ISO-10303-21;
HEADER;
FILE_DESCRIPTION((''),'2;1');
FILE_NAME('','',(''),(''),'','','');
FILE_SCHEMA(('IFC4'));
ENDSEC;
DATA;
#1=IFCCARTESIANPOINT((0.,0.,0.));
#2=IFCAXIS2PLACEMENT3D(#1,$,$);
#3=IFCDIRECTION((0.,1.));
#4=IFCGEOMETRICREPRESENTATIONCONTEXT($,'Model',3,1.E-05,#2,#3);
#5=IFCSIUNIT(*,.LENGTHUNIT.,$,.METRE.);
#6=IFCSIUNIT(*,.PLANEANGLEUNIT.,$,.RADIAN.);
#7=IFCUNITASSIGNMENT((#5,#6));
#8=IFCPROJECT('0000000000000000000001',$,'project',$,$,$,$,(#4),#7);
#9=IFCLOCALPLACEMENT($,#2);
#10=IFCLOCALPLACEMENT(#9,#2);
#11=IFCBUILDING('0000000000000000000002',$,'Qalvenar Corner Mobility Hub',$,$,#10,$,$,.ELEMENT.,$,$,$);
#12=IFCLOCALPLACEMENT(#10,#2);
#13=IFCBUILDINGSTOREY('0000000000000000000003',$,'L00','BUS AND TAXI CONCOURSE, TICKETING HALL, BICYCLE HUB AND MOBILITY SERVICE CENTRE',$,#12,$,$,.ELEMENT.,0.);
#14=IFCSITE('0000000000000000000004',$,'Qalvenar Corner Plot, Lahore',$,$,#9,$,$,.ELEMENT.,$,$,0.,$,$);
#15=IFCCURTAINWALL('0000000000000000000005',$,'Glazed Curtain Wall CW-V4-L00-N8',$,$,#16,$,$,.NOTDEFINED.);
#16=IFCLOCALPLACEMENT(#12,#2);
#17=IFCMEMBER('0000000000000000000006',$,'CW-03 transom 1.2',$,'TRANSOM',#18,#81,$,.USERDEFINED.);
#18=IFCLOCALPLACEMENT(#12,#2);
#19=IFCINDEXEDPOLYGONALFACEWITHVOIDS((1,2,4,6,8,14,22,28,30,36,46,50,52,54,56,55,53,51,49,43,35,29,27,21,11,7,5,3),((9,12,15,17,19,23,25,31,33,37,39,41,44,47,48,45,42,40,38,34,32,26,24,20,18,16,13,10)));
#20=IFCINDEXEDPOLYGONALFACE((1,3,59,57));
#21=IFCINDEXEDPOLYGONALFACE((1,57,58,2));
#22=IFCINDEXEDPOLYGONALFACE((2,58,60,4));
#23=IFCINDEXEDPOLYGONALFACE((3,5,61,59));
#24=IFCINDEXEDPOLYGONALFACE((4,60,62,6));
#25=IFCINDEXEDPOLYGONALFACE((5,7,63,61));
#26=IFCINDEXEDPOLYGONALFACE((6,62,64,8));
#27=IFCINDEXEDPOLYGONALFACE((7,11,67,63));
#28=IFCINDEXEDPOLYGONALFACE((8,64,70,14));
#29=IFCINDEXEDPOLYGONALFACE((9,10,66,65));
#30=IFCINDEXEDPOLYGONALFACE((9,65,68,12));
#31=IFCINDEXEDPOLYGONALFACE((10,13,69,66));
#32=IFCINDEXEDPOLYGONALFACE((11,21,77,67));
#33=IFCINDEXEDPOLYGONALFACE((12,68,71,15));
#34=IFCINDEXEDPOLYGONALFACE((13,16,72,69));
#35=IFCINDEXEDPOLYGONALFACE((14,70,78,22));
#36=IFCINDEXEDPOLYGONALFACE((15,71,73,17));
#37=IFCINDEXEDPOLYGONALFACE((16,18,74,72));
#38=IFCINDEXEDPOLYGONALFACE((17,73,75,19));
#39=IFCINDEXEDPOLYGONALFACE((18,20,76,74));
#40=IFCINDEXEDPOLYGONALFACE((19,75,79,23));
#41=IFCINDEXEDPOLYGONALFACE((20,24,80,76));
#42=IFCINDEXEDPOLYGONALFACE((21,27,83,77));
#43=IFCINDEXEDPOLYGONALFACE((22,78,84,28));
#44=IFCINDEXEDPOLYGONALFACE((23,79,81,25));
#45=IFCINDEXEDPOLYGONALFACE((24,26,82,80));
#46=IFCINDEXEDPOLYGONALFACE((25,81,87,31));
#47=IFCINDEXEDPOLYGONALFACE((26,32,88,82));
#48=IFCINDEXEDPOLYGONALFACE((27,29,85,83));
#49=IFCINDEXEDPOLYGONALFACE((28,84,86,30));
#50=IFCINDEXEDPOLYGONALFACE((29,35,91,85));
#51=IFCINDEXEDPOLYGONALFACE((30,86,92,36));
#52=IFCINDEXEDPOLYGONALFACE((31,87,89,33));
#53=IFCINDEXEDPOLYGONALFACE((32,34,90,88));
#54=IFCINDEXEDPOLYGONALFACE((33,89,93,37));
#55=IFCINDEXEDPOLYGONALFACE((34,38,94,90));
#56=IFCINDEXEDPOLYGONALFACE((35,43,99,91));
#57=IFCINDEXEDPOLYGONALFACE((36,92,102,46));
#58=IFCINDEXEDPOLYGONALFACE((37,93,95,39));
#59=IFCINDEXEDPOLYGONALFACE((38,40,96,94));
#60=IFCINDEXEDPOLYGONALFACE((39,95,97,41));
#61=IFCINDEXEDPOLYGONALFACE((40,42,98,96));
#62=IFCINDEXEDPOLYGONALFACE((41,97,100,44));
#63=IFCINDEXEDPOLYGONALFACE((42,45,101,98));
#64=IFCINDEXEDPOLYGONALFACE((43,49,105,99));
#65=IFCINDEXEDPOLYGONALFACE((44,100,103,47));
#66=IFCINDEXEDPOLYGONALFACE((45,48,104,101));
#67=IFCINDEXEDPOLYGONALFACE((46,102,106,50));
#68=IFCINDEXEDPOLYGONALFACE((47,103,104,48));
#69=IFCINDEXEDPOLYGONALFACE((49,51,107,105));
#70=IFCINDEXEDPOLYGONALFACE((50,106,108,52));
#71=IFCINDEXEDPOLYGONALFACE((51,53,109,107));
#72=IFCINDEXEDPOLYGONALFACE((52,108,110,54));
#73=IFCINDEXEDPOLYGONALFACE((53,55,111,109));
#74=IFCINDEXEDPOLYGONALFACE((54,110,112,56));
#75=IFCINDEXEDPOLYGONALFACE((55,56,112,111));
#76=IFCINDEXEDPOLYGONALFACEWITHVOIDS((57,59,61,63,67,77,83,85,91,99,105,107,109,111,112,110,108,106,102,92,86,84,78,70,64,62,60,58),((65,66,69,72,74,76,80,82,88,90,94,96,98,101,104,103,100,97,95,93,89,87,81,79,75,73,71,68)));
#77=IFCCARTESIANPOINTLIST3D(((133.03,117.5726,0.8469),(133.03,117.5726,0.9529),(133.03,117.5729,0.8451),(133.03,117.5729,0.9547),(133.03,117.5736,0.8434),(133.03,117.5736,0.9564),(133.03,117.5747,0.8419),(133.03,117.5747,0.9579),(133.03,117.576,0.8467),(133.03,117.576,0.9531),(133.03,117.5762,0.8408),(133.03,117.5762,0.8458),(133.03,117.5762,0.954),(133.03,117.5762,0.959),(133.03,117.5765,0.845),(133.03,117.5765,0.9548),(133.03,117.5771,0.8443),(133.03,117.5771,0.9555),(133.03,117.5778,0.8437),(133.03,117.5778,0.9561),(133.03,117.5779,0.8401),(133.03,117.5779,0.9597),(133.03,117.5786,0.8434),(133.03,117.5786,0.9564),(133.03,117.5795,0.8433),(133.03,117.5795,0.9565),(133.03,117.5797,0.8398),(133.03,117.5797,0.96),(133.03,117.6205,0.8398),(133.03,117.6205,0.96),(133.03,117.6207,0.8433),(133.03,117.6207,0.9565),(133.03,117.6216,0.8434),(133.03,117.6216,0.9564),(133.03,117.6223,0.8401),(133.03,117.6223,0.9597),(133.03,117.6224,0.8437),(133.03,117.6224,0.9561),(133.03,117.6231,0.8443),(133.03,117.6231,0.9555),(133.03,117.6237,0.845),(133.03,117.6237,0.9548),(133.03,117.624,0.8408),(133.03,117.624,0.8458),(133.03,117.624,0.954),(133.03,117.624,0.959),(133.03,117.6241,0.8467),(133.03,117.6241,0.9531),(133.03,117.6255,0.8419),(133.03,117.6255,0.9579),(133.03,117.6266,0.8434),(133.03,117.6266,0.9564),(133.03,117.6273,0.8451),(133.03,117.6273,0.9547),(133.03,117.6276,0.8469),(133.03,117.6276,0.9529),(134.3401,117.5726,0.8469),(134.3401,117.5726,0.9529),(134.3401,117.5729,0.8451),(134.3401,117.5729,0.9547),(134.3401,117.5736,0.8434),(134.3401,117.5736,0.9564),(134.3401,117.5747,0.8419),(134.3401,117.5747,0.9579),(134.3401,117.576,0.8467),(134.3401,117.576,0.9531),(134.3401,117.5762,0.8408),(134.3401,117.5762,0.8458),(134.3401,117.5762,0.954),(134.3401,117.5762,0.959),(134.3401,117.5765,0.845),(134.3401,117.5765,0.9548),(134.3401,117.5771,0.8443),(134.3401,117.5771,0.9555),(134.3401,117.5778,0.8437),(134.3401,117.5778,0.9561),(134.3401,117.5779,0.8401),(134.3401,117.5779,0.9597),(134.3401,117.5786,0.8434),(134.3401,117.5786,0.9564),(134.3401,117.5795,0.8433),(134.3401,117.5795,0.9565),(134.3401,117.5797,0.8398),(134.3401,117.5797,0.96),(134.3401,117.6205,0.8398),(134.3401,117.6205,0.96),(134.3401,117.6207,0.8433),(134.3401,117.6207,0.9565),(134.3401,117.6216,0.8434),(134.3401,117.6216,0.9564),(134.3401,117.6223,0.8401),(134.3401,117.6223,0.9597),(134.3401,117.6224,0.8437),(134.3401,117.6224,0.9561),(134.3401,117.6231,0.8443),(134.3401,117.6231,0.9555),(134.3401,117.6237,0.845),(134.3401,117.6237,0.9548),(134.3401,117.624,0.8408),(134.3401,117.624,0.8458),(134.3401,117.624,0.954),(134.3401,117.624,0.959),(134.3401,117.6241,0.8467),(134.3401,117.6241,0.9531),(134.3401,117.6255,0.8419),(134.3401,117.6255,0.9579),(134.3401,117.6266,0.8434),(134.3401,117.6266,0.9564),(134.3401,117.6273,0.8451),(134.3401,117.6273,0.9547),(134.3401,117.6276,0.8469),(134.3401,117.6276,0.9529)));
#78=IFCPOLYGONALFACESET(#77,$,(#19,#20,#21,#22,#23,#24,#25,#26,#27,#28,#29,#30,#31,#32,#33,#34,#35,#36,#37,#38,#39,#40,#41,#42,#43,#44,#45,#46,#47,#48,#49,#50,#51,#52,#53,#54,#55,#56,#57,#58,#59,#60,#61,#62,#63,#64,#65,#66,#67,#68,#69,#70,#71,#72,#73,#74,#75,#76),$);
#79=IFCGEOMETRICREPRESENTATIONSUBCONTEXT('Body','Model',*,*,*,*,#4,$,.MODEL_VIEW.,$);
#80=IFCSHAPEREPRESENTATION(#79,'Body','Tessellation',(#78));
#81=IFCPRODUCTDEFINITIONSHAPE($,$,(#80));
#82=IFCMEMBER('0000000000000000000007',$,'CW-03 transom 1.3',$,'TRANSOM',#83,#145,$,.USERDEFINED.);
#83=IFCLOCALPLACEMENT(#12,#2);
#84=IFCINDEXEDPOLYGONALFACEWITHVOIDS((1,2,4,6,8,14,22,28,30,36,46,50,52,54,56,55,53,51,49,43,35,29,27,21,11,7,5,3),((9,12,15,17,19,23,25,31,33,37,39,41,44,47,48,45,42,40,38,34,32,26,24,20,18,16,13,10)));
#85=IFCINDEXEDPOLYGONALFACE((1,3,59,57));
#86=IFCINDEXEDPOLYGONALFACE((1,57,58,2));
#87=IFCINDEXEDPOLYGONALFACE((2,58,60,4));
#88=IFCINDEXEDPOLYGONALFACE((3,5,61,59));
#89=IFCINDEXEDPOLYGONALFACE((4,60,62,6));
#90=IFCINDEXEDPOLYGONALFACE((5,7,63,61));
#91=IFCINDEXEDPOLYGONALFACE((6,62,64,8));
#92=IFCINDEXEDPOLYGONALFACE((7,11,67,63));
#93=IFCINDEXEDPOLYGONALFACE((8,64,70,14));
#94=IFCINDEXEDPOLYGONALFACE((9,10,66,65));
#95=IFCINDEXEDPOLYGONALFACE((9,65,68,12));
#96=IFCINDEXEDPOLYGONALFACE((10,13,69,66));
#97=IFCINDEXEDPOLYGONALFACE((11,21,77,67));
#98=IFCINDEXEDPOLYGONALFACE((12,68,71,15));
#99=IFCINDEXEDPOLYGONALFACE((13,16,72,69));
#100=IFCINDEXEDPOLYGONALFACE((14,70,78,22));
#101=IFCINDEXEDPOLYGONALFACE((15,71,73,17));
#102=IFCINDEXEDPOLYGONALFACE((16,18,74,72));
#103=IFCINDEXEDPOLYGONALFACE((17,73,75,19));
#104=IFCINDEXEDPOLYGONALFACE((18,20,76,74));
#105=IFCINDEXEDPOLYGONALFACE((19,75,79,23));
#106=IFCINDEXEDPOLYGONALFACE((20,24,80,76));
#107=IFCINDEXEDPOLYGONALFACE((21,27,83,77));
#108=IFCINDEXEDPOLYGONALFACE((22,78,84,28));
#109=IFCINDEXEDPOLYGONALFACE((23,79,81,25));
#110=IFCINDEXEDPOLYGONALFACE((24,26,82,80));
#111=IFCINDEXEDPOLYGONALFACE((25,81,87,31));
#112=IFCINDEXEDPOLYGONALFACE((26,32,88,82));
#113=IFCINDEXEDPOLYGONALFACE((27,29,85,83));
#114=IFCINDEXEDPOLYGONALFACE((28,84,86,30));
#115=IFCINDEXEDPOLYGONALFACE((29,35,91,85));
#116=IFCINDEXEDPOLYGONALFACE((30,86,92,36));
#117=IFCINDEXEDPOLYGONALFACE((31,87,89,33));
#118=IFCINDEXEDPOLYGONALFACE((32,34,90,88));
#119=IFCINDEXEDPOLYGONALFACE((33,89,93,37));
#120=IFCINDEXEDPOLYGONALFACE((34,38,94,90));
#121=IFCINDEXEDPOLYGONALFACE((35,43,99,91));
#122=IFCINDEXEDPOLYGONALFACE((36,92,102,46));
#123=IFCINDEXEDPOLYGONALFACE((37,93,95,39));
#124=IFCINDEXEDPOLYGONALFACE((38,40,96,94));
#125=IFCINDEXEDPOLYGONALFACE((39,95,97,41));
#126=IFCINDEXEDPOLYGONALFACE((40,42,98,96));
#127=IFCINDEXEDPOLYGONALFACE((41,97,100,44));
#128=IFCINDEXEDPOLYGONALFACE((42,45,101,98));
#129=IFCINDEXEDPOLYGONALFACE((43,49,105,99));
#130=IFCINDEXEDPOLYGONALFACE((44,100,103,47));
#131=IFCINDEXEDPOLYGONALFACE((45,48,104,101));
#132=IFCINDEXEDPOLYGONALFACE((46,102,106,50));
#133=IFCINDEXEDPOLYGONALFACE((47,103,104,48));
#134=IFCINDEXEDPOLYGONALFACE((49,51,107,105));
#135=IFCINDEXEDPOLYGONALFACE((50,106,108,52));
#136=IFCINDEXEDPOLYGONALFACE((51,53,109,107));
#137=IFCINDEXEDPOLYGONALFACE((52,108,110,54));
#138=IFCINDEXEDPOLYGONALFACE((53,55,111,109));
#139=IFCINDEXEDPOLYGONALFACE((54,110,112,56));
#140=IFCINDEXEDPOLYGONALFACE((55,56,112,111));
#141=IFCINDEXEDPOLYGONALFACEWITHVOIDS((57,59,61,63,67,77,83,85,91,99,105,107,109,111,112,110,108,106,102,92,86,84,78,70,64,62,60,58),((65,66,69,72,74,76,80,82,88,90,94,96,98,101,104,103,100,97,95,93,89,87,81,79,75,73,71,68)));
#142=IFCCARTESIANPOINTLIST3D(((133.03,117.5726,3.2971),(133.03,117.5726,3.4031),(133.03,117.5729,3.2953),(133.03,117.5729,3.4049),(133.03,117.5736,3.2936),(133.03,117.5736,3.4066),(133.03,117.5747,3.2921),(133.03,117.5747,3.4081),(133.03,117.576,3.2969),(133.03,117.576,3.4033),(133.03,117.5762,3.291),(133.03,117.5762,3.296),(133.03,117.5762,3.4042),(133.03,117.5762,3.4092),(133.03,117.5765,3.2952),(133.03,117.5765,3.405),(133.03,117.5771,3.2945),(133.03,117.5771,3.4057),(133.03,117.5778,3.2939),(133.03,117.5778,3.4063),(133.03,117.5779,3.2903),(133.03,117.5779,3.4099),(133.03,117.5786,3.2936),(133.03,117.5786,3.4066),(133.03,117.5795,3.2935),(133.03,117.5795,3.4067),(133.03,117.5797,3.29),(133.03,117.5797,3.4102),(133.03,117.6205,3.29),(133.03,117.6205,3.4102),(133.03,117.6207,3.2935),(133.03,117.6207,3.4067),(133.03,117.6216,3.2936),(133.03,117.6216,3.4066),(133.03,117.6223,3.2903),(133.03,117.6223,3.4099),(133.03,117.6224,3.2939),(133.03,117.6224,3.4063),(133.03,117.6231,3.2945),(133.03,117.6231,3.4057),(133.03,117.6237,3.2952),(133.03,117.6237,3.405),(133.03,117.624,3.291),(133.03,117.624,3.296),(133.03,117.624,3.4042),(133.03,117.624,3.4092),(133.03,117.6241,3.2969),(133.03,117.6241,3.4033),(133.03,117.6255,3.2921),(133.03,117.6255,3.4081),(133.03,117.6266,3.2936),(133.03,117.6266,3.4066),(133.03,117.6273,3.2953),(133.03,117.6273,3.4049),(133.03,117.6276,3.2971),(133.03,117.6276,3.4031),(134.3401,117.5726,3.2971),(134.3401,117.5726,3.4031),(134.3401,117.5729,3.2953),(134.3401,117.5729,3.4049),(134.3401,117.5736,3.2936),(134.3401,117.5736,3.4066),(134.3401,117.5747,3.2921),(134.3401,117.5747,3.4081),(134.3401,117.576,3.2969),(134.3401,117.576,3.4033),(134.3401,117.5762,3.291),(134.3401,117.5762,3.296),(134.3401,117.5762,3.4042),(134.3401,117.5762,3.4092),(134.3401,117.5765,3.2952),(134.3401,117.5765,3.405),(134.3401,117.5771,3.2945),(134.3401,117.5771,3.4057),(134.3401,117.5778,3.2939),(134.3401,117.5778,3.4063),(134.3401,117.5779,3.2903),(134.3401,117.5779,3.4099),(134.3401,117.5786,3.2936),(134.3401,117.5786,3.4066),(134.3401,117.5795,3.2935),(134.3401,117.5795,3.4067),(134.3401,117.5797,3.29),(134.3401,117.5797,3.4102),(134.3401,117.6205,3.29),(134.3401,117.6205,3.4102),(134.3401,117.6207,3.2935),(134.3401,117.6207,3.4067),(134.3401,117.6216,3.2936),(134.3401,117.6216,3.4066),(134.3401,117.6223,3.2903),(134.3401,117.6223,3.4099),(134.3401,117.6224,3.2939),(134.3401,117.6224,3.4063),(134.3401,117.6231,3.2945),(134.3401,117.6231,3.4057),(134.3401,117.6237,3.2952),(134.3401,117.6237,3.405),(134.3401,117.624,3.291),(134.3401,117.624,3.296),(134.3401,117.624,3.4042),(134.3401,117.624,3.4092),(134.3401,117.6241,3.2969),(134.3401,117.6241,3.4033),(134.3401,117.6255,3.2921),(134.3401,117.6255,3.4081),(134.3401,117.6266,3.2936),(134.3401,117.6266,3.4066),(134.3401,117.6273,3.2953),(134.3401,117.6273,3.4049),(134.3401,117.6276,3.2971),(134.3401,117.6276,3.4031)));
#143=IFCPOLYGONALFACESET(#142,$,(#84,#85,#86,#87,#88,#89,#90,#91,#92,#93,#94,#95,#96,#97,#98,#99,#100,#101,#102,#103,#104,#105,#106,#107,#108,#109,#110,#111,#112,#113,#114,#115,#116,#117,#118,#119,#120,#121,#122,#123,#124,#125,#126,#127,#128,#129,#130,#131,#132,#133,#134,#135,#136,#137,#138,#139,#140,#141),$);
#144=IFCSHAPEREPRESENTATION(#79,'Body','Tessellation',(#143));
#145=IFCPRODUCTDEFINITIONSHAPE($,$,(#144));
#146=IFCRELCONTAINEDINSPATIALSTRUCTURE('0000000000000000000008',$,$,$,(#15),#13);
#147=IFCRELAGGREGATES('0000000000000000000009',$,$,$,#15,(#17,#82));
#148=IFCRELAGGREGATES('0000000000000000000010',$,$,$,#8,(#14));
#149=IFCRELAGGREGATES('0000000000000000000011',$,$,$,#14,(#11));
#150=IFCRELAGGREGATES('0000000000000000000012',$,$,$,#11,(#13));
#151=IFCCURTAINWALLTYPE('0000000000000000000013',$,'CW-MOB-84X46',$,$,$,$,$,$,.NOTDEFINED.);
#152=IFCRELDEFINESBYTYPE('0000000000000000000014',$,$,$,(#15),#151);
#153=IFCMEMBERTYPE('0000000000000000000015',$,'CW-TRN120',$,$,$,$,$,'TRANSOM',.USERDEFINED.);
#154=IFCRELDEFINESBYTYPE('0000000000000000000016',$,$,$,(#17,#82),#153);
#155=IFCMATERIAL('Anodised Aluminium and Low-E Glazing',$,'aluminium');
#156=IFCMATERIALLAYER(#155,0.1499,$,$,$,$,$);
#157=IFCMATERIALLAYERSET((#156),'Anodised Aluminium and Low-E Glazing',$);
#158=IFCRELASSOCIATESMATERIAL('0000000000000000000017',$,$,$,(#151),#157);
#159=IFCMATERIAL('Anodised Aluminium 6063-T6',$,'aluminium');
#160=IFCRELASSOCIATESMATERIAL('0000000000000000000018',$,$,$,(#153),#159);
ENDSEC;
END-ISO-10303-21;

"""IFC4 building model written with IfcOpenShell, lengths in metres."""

from ifc_helpers import new_model, si_unit, direction, frame, origin, origin_2d, place, context, subcontext, project, spatial, hollow_rectangle, extrude, material, layer, layer_set, material_profile, profile_set, type_object, element, aggregate, save


model = new_model("IFC4")

# Units and contexts
model_context = context("Model", 3, precision=1e-05, world=origin(), true_north=direction((0.0, 1.0)))
body_context = subcontext(model_context, "Body", "Model", "MODEL_VIEW")
ifc_project = project(units=[si_unit("LENGTHUNIT", "METRE"), si_unit("PLANEANGLEUNIT", "RADIAN")], contexts=[model_context])

# Site, building, storey
site_placement = place(None, origin())
site = spatial("IfcSite", under=ifc_project, at=site_placement, Name="Qalvenar Corner Plot, Lahore", CompositionType="ELEMENT", RefElevation=0.0)
building_placement = place(site_placement, origin())
building = spatial("IfcBuilding", under=site, at=building_placement, Name="Qalvenar Corner Mobility Hub", CompositionType="ELEMENT")
storey_placement = place(building_placement, origin())
storey = spatial("IfcBuildingStorey", under=building, at=storey_placement, Name="L00", Description="BUS AND TAXI CONCOURSE, TICKETING HALL, BICYCLE HUB AND MOBILITY SERVICE CENTRE", CompositionType="ELEMENT", Elevation=0.0)

# Curtain wall, members
ifc_material_1 = material(Name="Anodised Aluminium and Low-E Glazing", Category="aluminium")
ifc_layer_1 = layer(ifc_material_1, 0.1499)
ifc_layer_set_1 = layer_set([ifc_layer_1], Name="Anodised Aluminium and Low-E Glazing")
curtain_wall_type = type_object("IfcCurtainWallType", Name="CW-MOB-84X46", PredefinedType="NOTDEFINED", material=ifc_layer_set_1)
curtain_wall_placement = place(storey_placement, origin())
curtain_wall = element("IfcCurtainWall", 1, at=curtain_wall_placement, inside=storey, type_object=curtain_wall_type, Name="Glazed Curtain Wall CW-V4-L00-N8", PredefinedType="NOTDEFINED")
ifc_material_2 = material(Name="Anodised Aluminium 6063-T6", Category="aluminium")
ifc_material_profile_1 = material_profile(ifc_material_2, hollow_rectangle(XDim=0.0549, YDim=0.1201, WallThickness=0.0034, InnerFilletRadius=0.0034, OuterFilletRadius=0.0071, at=origin_2d()), Name="RHS120x55x3.5")
ifc_profile_set_1 = profile_set([ifc_material_profile_1], Name="Anodised Aluminium 6063-T6")
member_type_1 = type_object("IfcMemberType", Name="CW-TRN120", ElementType="TRANSOM", PredefinedType="USERDEFINED", material=ifc_profile_set_1)
member_1_placement = place(storey_placement, frame((134.3401, 117.6001, 0.8999), z_axis=(-1.0, 0.0, 0.0), x_axis=(0.0, -1.0, 0.0)))
member_1 = element("IfcMember", 2, at=member_1_placement, type_object=member_type_1, Name="CW-03 transom 1.2", ObjectType="TRANSOM", PredefinedType="USERDEFINED", context=body_context, shape_type="SweptSolid", body=[
    extrude(hollow_rectangle(XDim=0.0549, YDim=0.1201, WallThickness=0.0034, InnerFilletRadius=0.0034, OuterFilletRadius=0.0071, at=origin_2d()), origin(), (0.0, 0.0, 1.0), 1.3101),
])
member_2_placement = place(storey_placement, frame((134.3401, 117.6001, 3.3501), z_axis=(-1.0, 0.0, 0.0), x_axis=(0.0, -1.0, 0.0)))
member_2 = element("IfcMember", 3, at=member_2_placement, type_object=member_type_1, Name="CW-03 transom 1.3", ObjectType="TRANSOM", PredefinedType="USERDEFINED", context=body_context, shape_type="SweptSolid", body=[
    extrude(hollow_rectangle(XDim=0.0549, YDim=0.1201, WallThickness=0.0034, InnerFilletRadius=0.0034, OuterFilletRadius=0.0071, at=origin_2d()), origin(), (0.0, 0.0, 1.0), 1.3101),
])
aggregate(curtain_wall, [member_1, member_2])

save(model, "model.ifc")
